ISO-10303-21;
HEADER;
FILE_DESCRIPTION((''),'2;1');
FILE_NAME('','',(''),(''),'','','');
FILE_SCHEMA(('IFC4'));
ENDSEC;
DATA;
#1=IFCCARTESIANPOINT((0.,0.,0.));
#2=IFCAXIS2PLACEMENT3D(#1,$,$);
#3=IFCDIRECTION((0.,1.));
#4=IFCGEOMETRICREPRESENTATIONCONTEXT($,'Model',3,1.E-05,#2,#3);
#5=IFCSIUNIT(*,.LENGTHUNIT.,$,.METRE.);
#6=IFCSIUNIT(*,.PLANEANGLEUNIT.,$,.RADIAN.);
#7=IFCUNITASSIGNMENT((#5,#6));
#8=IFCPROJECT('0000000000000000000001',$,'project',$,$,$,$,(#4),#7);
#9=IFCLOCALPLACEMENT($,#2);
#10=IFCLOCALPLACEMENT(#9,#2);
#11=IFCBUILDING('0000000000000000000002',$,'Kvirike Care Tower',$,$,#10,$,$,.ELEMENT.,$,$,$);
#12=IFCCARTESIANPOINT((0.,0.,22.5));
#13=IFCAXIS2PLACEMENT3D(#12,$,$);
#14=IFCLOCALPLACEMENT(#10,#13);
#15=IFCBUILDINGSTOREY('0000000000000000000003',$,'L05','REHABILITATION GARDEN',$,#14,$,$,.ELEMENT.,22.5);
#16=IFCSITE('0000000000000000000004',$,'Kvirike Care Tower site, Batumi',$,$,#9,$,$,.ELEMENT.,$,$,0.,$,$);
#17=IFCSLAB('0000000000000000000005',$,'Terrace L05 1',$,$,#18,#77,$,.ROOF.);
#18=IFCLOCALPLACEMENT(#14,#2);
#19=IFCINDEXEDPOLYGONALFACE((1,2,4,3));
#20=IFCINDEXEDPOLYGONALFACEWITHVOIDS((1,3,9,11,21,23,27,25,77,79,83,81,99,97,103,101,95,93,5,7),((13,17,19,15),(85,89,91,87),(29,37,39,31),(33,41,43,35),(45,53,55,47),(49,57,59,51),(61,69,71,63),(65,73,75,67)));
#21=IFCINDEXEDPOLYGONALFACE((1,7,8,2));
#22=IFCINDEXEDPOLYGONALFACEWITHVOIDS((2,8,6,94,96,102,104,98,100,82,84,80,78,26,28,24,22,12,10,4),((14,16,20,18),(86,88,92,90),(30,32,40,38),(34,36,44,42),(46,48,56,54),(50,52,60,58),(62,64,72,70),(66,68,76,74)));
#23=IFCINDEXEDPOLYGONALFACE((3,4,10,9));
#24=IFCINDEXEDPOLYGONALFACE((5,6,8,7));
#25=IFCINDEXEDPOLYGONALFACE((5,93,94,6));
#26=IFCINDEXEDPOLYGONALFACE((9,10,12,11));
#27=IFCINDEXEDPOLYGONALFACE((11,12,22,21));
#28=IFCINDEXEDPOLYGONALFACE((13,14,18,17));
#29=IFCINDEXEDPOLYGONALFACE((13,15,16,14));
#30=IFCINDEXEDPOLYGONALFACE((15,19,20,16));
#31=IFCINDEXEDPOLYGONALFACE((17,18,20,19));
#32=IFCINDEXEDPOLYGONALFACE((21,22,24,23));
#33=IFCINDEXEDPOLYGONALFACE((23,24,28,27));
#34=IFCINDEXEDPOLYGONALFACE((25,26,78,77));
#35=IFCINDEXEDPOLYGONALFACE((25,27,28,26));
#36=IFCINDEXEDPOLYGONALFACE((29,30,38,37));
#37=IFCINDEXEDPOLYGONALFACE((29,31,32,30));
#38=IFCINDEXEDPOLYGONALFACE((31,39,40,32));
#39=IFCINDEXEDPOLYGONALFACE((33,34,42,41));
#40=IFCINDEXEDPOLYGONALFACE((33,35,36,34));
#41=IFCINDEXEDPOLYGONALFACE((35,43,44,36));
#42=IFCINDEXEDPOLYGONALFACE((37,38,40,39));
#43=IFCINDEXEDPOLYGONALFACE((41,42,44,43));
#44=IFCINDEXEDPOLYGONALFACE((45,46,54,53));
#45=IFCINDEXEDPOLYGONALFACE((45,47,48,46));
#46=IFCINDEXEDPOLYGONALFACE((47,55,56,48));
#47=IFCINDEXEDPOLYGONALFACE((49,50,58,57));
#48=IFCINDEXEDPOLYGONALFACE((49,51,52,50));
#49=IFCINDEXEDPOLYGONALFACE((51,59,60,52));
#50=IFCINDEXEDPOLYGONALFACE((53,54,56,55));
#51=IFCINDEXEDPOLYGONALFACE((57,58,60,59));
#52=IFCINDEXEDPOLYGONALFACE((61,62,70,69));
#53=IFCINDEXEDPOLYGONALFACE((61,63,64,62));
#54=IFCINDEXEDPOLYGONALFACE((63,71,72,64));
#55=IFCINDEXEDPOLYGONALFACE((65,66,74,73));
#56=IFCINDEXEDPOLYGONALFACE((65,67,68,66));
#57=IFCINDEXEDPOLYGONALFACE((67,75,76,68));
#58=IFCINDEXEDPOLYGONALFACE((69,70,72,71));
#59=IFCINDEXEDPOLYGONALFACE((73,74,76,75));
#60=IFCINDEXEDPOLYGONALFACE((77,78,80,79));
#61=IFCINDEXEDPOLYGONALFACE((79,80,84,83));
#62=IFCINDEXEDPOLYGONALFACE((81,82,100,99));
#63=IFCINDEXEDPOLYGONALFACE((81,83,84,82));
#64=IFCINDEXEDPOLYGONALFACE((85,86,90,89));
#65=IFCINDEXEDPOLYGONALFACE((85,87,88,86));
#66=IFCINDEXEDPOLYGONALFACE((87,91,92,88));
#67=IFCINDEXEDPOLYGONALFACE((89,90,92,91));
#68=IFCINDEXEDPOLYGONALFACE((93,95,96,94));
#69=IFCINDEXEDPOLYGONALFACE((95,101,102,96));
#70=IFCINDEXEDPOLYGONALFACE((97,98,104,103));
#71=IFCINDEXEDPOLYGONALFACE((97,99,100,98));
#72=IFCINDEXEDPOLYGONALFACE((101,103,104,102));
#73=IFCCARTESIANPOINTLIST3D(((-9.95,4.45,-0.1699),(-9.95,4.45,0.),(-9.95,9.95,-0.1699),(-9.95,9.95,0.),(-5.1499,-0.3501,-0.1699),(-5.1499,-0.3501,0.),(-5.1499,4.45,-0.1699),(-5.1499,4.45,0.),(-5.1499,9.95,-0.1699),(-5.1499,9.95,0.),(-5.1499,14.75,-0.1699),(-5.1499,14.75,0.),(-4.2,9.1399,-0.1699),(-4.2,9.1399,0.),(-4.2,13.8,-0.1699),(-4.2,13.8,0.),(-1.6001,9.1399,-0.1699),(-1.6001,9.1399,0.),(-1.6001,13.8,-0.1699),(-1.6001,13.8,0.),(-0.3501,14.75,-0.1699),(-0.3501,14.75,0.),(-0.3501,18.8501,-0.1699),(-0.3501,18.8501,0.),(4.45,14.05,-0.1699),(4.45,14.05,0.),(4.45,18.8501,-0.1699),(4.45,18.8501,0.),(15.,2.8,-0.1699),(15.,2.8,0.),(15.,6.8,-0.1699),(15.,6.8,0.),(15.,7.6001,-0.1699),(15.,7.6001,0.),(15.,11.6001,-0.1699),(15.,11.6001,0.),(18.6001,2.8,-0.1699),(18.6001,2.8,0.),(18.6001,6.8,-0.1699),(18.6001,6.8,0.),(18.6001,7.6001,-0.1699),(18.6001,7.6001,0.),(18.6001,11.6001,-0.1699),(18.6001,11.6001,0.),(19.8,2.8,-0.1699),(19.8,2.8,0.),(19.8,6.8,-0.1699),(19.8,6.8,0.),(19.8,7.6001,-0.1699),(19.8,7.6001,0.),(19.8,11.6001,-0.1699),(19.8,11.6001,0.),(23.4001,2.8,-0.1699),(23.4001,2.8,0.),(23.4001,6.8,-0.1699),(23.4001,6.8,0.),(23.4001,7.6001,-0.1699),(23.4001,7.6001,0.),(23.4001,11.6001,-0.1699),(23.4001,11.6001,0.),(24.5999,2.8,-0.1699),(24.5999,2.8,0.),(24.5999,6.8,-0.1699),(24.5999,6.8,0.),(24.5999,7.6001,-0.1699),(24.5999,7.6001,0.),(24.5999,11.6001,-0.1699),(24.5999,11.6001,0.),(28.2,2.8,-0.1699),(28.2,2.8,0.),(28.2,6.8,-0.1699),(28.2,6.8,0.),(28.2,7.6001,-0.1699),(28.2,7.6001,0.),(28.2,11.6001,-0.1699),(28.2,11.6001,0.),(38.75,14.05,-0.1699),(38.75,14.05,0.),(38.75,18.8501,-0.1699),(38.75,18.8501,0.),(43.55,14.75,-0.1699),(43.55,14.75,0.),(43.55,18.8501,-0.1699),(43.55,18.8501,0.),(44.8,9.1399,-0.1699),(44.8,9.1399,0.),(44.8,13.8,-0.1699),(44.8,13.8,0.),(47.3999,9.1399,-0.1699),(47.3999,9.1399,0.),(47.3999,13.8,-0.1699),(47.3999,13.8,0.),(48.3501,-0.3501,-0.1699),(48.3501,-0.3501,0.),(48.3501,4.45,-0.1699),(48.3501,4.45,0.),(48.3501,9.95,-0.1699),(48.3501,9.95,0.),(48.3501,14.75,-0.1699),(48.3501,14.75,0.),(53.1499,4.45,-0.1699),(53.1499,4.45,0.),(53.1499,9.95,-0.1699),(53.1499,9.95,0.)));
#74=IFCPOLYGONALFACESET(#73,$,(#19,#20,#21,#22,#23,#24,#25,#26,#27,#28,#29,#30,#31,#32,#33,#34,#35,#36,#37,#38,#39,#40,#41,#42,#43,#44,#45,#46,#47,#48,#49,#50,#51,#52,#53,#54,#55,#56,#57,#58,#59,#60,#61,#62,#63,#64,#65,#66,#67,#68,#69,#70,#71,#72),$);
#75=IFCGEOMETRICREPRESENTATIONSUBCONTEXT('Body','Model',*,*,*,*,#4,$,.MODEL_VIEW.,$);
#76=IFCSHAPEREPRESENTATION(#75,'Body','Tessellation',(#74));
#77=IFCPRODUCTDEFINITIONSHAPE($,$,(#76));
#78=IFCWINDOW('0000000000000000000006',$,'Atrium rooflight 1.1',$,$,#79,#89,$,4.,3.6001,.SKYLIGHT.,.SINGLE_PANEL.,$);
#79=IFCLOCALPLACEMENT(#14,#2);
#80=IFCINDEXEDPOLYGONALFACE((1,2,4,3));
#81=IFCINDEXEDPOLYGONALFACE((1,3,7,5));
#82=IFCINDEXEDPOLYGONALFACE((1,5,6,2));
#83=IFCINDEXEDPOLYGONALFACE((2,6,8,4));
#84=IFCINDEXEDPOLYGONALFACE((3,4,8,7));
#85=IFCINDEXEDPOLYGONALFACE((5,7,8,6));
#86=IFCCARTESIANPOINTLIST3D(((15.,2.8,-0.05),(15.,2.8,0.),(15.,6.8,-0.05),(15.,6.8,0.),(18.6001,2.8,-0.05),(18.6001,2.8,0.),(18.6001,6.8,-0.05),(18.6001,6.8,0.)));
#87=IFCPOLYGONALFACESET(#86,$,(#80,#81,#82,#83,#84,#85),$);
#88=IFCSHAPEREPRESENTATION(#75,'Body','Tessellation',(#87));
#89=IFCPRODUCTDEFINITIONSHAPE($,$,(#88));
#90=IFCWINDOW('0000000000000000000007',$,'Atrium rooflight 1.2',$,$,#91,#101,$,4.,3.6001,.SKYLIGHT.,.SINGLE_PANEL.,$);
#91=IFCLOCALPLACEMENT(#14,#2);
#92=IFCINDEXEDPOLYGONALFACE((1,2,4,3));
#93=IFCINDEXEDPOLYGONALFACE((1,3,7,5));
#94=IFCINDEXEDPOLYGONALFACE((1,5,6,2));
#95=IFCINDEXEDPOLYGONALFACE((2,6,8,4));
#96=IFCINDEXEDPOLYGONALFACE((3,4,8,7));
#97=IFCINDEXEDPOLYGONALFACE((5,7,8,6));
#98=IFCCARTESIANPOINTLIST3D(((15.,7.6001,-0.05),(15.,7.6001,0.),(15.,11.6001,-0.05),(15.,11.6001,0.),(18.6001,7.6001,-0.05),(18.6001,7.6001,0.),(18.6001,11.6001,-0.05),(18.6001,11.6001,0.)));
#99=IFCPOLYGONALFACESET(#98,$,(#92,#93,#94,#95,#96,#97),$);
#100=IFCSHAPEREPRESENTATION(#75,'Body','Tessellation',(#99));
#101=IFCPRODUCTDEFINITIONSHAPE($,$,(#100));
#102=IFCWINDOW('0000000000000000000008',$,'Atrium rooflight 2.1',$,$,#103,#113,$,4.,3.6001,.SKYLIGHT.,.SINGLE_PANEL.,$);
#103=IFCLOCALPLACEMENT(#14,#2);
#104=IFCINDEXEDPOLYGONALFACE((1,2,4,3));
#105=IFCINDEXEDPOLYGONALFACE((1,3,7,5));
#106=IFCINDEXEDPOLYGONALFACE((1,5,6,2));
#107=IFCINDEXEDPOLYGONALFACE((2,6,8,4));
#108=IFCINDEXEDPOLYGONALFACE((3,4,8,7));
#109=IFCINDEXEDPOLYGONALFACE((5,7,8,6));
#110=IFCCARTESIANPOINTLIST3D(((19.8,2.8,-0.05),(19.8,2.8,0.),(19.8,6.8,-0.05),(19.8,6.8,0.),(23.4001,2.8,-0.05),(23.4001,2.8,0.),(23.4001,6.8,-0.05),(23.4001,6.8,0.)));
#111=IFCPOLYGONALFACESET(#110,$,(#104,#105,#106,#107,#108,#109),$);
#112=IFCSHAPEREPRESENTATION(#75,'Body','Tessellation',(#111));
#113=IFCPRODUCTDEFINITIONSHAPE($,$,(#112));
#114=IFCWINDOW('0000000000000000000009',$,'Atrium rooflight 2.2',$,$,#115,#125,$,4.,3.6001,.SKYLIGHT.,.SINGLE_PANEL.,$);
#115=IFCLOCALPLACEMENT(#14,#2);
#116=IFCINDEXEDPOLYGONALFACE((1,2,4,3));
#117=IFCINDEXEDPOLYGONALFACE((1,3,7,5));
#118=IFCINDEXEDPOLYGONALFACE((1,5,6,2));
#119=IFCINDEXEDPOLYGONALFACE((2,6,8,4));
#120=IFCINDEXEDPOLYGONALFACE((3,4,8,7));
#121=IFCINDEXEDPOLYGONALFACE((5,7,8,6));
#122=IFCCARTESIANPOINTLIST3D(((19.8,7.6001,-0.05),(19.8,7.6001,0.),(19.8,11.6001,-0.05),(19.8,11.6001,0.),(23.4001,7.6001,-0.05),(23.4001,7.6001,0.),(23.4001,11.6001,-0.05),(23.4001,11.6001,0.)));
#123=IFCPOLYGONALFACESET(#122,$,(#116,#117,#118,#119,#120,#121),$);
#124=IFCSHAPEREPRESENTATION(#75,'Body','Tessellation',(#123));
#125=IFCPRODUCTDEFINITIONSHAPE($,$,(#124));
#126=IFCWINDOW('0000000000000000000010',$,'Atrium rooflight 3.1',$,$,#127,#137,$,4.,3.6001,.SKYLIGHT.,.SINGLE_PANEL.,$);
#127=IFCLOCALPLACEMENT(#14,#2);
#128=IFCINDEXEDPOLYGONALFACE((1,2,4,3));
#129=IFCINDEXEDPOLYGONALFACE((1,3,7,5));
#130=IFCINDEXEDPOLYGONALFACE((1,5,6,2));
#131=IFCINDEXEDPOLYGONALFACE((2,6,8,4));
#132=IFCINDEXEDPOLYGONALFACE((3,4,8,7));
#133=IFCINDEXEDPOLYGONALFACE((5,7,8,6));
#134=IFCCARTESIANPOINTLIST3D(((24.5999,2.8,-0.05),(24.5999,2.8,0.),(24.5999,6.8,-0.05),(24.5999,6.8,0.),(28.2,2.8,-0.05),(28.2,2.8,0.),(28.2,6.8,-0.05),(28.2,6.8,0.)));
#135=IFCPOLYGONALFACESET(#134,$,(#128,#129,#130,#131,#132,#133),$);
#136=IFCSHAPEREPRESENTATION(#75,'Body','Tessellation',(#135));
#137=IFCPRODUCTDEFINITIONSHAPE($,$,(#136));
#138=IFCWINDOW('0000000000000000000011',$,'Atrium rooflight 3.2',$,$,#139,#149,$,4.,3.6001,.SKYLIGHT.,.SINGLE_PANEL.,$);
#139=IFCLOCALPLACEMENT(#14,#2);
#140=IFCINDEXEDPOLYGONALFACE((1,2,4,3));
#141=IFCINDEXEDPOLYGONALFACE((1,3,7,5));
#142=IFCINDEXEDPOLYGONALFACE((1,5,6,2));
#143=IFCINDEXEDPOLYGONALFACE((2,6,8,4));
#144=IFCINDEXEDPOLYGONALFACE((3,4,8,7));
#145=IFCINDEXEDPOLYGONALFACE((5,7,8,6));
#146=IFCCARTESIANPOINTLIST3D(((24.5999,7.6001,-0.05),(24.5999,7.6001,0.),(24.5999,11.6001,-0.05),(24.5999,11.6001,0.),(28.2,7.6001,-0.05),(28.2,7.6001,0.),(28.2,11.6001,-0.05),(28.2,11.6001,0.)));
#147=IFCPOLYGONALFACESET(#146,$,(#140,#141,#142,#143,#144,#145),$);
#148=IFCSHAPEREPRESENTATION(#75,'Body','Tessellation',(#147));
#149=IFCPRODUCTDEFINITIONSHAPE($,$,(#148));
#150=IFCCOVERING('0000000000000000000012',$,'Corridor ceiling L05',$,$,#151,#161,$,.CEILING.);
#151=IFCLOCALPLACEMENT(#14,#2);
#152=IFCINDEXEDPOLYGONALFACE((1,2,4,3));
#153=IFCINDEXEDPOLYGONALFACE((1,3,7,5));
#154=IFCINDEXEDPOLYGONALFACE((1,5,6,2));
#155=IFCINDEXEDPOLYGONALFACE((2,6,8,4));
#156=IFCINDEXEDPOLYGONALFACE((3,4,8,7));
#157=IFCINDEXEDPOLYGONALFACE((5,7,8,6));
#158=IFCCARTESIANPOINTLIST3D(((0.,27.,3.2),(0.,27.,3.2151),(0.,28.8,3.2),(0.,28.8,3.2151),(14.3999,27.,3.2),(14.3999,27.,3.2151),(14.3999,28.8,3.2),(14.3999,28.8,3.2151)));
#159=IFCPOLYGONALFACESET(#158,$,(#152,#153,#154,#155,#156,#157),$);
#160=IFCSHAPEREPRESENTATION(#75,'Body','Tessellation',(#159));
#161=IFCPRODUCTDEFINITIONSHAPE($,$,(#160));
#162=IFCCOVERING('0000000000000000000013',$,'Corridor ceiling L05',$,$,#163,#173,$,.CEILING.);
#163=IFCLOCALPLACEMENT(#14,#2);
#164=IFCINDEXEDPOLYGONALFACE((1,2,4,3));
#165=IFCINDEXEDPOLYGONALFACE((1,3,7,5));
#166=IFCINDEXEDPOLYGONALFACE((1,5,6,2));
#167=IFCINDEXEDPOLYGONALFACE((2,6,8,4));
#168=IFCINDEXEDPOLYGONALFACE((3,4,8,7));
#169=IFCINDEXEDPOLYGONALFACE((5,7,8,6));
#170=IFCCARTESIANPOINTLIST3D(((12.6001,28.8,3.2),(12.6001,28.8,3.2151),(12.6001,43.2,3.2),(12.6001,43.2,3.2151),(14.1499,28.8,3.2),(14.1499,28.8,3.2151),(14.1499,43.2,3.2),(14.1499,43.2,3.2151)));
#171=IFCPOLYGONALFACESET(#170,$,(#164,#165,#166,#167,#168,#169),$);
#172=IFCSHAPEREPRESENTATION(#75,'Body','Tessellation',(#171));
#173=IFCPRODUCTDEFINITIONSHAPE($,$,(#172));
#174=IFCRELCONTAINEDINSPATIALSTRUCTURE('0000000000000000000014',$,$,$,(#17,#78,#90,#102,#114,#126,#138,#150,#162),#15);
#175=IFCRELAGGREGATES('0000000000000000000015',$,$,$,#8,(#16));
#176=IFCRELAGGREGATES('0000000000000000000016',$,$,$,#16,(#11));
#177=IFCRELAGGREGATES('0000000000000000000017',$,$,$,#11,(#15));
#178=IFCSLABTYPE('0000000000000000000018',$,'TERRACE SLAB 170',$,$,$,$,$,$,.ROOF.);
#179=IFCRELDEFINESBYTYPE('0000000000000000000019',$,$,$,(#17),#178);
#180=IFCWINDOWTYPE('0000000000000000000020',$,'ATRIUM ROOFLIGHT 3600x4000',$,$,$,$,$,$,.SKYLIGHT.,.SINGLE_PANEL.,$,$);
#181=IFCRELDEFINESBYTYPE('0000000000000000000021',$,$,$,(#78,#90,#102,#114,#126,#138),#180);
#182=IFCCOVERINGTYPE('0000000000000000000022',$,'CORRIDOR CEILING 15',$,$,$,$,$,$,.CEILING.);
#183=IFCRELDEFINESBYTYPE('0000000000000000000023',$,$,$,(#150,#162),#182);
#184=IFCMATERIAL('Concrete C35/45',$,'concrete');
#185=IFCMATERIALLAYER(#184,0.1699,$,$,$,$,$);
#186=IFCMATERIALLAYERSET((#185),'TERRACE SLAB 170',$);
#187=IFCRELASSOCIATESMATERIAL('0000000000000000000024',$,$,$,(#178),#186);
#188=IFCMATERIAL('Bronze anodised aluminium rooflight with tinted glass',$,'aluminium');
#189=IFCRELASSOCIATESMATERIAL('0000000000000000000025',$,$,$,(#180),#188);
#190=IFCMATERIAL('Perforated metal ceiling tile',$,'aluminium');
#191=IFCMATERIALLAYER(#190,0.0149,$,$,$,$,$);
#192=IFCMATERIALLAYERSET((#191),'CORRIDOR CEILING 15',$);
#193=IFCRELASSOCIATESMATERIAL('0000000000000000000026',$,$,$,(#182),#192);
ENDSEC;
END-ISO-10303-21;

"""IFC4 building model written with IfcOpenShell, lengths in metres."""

from ifc_helpers import new_model, si_unit, direction, frame, origin, origin_2d, place, context, subcontext, project, spatial, polyline, rectangle, outline, extrude, material, layer, layer_set, type_object, element, fill, save


model = new_model("IFC4")

# Units and contexts
model_context = context("Model", 3, precision=1e-05, world=origin(), true_north=direction((0.0, 1.0)))
body_context = subcontext(model_context, "Body", "Model", "MODEL_VIEW")
ifc_project = project(units=[si_unit("LENGTHUNIT", "METRE"), si_unit("PLANEANGLEUNIT", "RADIAN")], contexts=[model_context])

# Site, building, storey
site_placement = place(None, origin())
site = spatial("IfcSite", under=ifc_project, at=site_placement, Name="Kvirike Care Tower site, Batumi", CompositionType="ELEMENT", RefElevation=0.0)
building_placement = place(site_placement, origin())
building = spatial("IfcBuilding", under=site, at=building_placement, Name="Kvirike Care Tower", CompositionType="ELEMENT")
storey_placement = place(building_placement, frame((0.0, 0.0, 22.5)))
storey = spatial("IfcBuildingStorey", under=building, at=storey_placement, Name="L05", Description="REHABILITATION GARDEN", CompositionType="ELEMENT", Elevation=22.5)

# Slab, openings, windows
ifc_material_1 = material(Name="Concrete C35/45", Category="concrete")
ifc_layer_1 = layer(ifc_material_1, 0.1699)
ifc_layer_set_1 = layer_set([ifc_layer_1], Name="TERRACE SLAB 170")
slab_type_1 = type_object("IfcSlabType", Name="TERRACE SLAB 170", PredefinedType="ROOF", material=ifc_layer_set_1)
slab_1_placement = place(storey_placement, frame((0.0, 0.0, -0.1699)))
slab_1 = element("IfcSlab", 1, at=slab_1_placement, inside=storey, type_object=slab_type_1, Name="Terrace L05 1", PredefinedType="ROOF", context=body_context, shape_type="SweptSolid", body=[
    extrude(outline(polyline([(43.55, 14.75), (43.55, 18.8501), (38.75, 18.8501), (38.75, 14.05), (4.45, 14.05), (4.45, 18.8501), (-0.3501, 18.8501), (-0.3501, 14.75), (-5.1499, 14.75), (-5.1499, 9.95), (-9.95, 9.95), (-9.95, 4.45), (-5.1499, 4.45), (-5.1499, -0.3501), (48.3501, -0.3501), (48.3501, 4.45), (53.1499, 4.45), (53.1499, 9.95), (48.3501, 9.95), (48.3501, 14.75), (43.55, 14.75)]), holes=[polyline([(-1.6001, 13.8), (-1.6001, 9.1399), (-4.2, 9.1399), (-4.2, 13.8), (-1.6001, 13.8)]), polyline([(47.3999, 13.8), (47.3999, 9.1399), (44.8, 9.1399), (44.8, 13.8), (47.3999, 13.8)])]), origin(), (0.0, 0.0, 1.0), 0.1699),
])
opening_1_placement = place(slab_1_placement, frame((16.8, 4.8, 0.0)))
opening_1 = element("IfcOpeningElement", 2, at=opening_1_placement, cuts=slab_1, PredefinedType="OPENING", context=body_context, shape_type="SweptSolid", body=[
    extrude(rectangle(XDim=3.6001, YDim=4.0, at=origin_2d()), origin(), (0.0, 0.0, 1.0), 0.1699),
])
opening_2_placement = place(slab_1_placement, frame((16.8, 9.6001, 0.0)))
opening_2 = element("IfcOpeningElement", 3, at=opening_2_placement, cuts=slab_1, PredefinedType="OPENING", context=body_context, shape_type="SweptSolid", body=[
    extrude(rectangle(XDim=3.6001, YDim=4.0, at=origin_2d()), origin(), (0.0, 0.0, 1.0), 0.1699),
])
opening_3_placement = place(slab_1_placement, frame((21.6001, 4.8, 0.0)))
opening_3 = element("IfcOpeningElement", 4, at=opening_3_placement, cuts=slab_1, PredefinedType="OPENING", context=body_context, shape_type="SweptSolid", body=[
    extrude(rectangle(XDim=3.6001, YDim=4.0, at=origin_2d()), origin(), (0.0, 0.0, 1.0), 0.1699),
])
opening_4_placement = place(slab_1_placement, frame((21.6001, 9.6001, 0.0)))
opening_4 = element("IfcOpeningElement", 5, at=opening_4_placement, cuts=slab_1, PredefinedType="OPENING", context=body_context, shape_type="SweptSolid", body=[
    extrude(rectangle(XDim=3.6001, YDim=4.0, at=origin_2d()), origin(), (0.0, 0.0, 1.0), 0.1699),
])
opening_5_placement = place(slab_1_placement, frame((26.3999, 4.8, 0.0)))
opening_5 = element("IfcOpeningElement", 6, at=opening_5_placement, cuts=slab_1, PredefinedType="OPENING", context=body_context, shape_type="SweptSolid", body=[
    extrude(rectangle(XDim=3.6001, YDim=4.0, at=origin_2d()), origin(), (0.0, 0.0, 1.0), 0.1699),
])
opening_6_placement = place(slab_1_placement, frame((26.3999, 9.6001, 0.0)))
opening_6 = element("IfcOpeningElement", 7, at=opening_6_placement, cuts=slab_1, PredefinedType="OPENING", context=body_context, shape_type="SweptSolid", body=[
    extrude(rectangle(XDim=3.6001, YDim=4.0, at=origin_2d()), origin(), (0.0, 0.0, 1.0), 0.1699),
])
ifc_material_2 = material(Name="Bronze anodised aluminium rooflight with tinted glass", Category="aluminium")
window_type = type_object("IfcWindowType", Name="ATRIUM ROOFLIGHT 3600x4000", PartitioningType="SINGLE_PANEL", PredefinedType="SKYLIGHT", material=ifc_material_2)
window_1_placement = place(opening_1_placement, frame((0.0, 0.0, 0.1199)))
window_1 = element("IfcWindow", 8, at=window_1_placement, inside=storey, type_object=window_type, Name="Atrium rooflight 1.1", OverallHeight=4.0, OverallWidth=3.6001, PartitioningType="SINGLE_PANEL", PredefinedType="SKYLIGHT", context=body_context, shape_type="SweptSolid", body=[
    extrude(rectangle(XDim=3.6001, YDim=4.0, at=origin_2d()), origin(), (0.0, 0.0, 1.0), 0.05),
])
fill(opening_1, window_1)
window_2_placement = place(opening_2_placement, frame((0.0, 0.0, 0.1199)))
window_2 = element("IfcWindow", 9, at=window_2_placement, inside=storey, type_object=window_type, Name="Atrium rooflight 1.2", OverallHeight=4.0, OverallWidth=3.6001, PartitioningType="SINGLE_PANEL", PredefinedType="SKYLIGHT", context=body_context, shape_type="SweptSolid", body=[
    extrude(rectangle(XDim=3.6001, YDim=4.0, at=origin_2d()), origin(), (0.0, 0.0, 1.0), 0.05),
])
fill(opening_2, window_2)
window_3_placement = place(opening_3_placement, frame((0.0, 0.0, 0.1199)))
window_3 = element("IfcWindow", 10, at=window_3_placement, inside=storey, type_object=window_type, Name="Atrium rooflight 2.1", OverallHeight=4.0, OverallWidth=3.6001, PartitioningType="SINGLE_PANEL", PredefinedType="SKYLIGHT", context=body_context, shape_type="SweptSolid", body=[
    extrude(rectangle(XDim=3.6001, YDim=4.0, at=origin_2d()), origin(), (0.0, 0.0, 1.0), 0.05),
])
fill(opening_3, window_3)
window_4_placement = place(opening_4_placement, frame((0.0, 0.0, 0.1199)))
window_4 = element("IfcWindow", 11, at=window_4_placement, inside=storey, type_object=window_type, Name="Atrium rooflight 2.2", OverallHeight=4.0, OverallWidth=3.6001, PartitioningType="SINGLE_PANEL", PredefinedType="SKYLIGHT", context=body_context, shape_type="SweptSolid", body=[
    extrude(rectangle(XDim=3.6001, YDim=4.0, at=origin_2d()), origin(), (0.0, 0.0, 1.0), 0.05),
])
fill(opening_4, window_4)
window_5_placement = place(opening_5_placement, frame((0.0, 0.0, 0.1199)))
window_5 = element("IfcWindow", 12, at=window_5_placement, inside=storey, type_object=window_type, Name="Atrium rooflight 3.1", OverallHeight=4.0, OverallWidth=3.6001, PartitioningType="SINGLE_PANEL", PredefinedType="SKYLIGHT", context=body_context, shape_type="SweptSolid", body=[
    extrude(rectangle(XDim=3.6001, YDim=4.0, at=origin_2d()), origin(), (0.0, 0.0, 1.0), 0.05),
])
fill(opening_5, window_5)
window_6_placement = place(opening_6_placement, frame((0.0, 0.0, 0.1199)))
window_6 = element("IfcWindow", 13, at=window_6_placement, inside=storey, type_object=window_type, Name="Atrium rooflight 3.2", OverallHeight=4.0, OverallWidth=3.6001, PartitioningType="SINGLE_PANEL", PredefinedType="SKYLIGHT", context=body_context, shape_type="SweptSolid", body=[
    extrude(rectangle(XDim=3.6001, YDim=4.0, at=origin_2d()), origin(), (0.0, 0.0, 1.0), 0.05),
])
fill(opening_6, window_6)

# Coverings
ifc_material_3 = material(Name="Perforated metal ceiling tile", Category="aluminium")
ifc_layer_2 = layer(ifc_material_3, 0.0149)
ifc_layer_set_2 = layer_set([ifc_layer_2], Name="CORRIDOR CEILING 15")
covering_type_1 = type_object("IfcCoveringType", Name="CORRIDOR CEILING 15", PredefinedType="CEILING", material=ifc_layer_set_2)
covering_1_placement = place(storey_placement, frame((0.0, 0.0, 3.2)))
element("IfcCovering", 14, at=covering_1_placement, inside=storey, type_object=covering_type_1, Name="Corridor ceiling L05", PredefinedType="CEILING", context=body_context, shape_type="SweptSolid", body=[
    extrude(outline(polyline([(0.0, 27.0), (0.0, 28.8), (14.3999, 28.8), (14.3999, 27.0), (0.0, 27.0)])), origin(), (0.0, 0.0, 1.0), 0.0151),
])
covering_2_placement = place(storey_placement, frame((0.0, 0.0, 3.2)))
element("IfcCovering", 15, at=covering_2_placement, inside=storey, type_object=covering_type_1, Name="Corridor ceiling L05", PredefinedType="CEILING", context=body_context, shape_type="SweptSolid", body=[
    extrude(outline(polyline([(12.6001, 43.2), (14.1499, 43.2), (14.1499, 28.8), (12.6001, 28.8), (12.6001, 43.2)])), origin(), (0.0, 0.0, 1.0), 0.0151),
])

save(model, "model.ifc")
